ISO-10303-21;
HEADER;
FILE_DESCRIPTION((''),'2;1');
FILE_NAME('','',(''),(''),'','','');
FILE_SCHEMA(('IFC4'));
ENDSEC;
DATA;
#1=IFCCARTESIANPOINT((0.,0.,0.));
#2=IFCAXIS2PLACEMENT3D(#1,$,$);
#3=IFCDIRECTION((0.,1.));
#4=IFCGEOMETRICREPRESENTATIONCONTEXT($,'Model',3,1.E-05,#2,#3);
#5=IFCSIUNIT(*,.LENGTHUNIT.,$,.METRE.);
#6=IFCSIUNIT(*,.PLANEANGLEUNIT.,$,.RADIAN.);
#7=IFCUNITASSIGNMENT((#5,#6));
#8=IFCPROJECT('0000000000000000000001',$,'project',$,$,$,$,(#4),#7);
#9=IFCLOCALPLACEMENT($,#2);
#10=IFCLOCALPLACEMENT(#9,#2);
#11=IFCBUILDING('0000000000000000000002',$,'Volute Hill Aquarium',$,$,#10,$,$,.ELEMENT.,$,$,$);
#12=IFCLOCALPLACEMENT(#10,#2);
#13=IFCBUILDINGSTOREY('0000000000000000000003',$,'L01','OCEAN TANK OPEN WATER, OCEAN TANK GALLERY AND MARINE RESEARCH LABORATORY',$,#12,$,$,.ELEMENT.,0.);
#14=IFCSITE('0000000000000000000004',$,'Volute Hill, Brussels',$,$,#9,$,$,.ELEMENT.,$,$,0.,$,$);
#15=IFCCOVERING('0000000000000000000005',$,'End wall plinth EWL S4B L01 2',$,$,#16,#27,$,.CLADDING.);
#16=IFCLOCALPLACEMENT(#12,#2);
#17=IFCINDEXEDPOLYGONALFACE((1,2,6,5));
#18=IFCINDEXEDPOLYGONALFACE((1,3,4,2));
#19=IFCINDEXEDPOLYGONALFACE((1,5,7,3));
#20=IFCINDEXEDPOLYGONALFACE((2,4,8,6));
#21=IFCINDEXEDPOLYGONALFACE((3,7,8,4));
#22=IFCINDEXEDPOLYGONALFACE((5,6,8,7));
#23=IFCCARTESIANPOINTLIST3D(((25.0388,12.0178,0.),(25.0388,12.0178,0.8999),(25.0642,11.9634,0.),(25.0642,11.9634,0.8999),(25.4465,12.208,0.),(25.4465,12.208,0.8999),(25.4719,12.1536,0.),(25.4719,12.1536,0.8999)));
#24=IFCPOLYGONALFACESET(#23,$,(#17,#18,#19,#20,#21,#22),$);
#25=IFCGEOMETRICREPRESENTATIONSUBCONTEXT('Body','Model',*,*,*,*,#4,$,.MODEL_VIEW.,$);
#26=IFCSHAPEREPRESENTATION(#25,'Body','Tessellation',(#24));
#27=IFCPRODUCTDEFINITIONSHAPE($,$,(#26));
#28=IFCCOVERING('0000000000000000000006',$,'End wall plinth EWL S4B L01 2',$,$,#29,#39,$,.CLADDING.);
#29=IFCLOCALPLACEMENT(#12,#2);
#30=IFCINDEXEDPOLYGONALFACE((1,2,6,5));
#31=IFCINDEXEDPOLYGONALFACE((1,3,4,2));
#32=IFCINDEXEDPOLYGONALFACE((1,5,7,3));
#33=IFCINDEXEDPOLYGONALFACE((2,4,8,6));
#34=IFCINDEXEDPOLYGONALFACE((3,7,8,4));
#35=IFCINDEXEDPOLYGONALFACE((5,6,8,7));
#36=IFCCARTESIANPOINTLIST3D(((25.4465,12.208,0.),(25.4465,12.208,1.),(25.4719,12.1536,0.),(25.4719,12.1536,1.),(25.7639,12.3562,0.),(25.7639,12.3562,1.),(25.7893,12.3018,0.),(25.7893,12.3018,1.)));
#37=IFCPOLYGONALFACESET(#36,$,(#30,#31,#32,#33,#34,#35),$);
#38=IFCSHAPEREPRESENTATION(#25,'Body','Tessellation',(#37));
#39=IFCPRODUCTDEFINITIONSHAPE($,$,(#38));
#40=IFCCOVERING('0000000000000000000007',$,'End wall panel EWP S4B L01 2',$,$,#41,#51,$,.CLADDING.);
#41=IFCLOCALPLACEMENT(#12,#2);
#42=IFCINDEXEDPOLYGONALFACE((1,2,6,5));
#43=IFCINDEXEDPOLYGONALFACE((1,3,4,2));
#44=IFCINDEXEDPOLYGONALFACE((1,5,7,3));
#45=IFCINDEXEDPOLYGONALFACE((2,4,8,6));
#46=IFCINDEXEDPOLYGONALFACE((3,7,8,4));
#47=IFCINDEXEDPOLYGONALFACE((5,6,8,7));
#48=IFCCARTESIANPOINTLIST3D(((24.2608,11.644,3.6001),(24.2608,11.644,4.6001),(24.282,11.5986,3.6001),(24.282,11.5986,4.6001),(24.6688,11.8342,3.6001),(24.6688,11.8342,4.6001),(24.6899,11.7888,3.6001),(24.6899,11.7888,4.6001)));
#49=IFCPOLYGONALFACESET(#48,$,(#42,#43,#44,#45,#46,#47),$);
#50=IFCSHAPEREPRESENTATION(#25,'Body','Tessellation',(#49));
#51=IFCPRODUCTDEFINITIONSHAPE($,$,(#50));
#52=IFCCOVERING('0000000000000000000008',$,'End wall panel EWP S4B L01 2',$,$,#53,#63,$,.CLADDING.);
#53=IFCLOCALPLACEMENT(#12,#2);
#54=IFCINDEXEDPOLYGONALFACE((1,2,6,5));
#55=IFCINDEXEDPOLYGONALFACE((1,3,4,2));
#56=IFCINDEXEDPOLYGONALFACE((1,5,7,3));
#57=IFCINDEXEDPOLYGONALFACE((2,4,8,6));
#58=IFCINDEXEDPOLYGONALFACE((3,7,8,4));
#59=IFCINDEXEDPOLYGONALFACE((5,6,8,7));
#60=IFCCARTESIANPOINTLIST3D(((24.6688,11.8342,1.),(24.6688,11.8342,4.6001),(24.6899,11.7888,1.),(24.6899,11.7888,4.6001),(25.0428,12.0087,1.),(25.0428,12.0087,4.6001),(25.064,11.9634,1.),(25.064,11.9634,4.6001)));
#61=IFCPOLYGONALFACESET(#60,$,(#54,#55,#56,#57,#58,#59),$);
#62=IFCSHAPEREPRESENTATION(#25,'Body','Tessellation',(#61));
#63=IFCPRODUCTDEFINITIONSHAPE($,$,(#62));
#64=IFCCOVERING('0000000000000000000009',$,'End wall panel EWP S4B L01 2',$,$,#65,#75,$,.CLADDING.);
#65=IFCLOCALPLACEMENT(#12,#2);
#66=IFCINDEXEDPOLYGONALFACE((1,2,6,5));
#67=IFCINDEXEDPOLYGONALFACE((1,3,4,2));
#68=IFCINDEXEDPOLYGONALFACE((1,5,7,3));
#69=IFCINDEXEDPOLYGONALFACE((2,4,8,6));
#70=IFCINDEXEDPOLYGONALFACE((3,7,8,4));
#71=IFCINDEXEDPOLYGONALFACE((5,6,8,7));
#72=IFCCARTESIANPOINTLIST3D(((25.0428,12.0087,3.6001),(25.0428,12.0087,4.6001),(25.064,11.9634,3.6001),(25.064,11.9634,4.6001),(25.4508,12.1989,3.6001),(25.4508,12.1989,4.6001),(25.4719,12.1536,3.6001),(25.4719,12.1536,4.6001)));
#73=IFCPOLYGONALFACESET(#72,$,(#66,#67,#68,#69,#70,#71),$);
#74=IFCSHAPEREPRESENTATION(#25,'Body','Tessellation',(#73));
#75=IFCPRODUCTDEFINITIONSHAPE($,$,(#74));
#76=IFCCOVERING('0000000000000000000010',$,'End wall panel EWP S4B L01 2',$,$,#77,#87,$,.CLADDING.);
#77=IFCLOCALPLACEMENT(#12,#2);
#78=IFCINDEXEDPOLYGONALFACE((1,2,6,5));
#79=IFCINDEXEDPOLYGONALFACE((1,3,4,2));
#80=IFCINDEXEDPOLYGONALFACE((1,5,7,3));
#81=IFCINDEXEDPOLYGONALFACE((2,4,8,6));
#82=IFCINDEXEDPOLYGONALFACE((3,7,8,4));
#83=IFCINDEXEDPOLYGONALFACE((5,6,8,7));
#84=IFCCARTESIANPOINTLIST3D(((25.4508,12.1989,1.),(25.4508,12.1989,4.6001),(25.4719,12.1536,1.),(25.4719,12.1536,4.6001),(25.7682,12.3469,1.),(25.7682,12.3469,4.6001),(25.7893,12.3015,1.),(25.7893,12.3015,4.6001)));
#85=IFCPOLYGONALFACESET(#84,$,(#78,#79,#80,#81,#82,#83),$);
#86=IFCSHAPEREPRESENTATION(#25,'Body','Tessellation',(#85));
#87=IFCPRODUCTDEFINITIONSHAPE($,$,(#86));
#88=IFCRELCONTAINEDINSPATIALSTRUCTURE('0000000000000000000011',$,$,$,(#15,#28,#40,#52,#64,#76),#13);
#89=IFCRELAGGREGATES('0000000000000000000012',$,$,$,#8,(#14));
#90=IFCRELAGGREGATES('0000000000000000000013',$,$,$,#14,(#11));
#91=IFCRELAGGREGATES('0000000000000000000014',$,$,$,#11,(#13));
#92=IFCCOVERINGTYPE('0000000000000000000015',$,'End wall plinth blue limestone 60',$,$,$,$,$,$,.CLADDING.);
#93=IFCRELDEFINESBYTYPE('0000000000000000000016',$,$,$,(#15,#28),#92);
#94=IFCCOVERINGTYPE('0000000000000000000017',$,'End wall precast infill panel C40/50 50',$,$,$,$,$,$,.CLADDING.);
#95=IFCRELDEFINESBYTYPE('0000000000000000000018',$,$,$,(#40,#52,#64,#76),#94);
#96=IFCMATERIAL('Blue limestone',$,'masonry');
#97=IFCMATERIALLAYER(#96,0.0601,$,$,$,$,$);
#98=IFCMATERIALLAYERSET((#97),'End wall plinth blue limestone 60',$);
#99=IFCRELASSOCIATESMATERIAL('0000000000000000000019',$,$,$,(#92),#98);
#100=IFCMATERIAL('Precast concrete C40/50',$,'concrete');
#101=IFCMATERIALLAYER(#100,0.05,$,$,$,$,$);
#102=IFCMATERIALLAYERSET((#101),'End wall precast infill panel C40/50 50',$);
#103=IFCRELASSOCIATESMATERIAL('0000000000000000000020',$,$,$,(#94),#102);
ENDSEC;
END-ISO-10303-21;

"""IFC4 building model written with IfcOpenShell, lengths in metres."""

from ifc_helpers import new_model, si_unit, direction, frame, origin, place, context, subcontext, project, spatial, polyline, outline, extrude, material, layer, layer_set, type_object, element, save


model = new_model("IFC4")

# Units and contexts
model_context = context("Model", 3, precision=1e-05, world=origin(), true_north=direction((0.0, 1.0)))
body_context = subcontext(model_context, "Body", "Model", "MODEL_VIEW")
ifc_project = project(units=[si_unit("LENGTHUNIT", "METRE"), si_unit("PLANEANGLEUNIT", "RADIAN")], contexts=[model_context])

# Site, building, storey
site_placement = place(None, origin())
site = spatial("IfcSite", under=ifc_project, at=site_placement, Name="Volute Hill, Brussels", CompositionType="ELEMENT", RefElevation=0.0)
building_placement = place(site_placement, origin())
building = spatial("IfcBuilding", under=site, at=building_placement, Name="Volute Hill Aquarium", CompositionType="ELEMENT")
storey_placement = place(building_placement, origin())
storey = spatial("IfcBuildingStorey", under=building, at=storey_placement, Name="L01", Description="OCEAN TANK OPEN WATER, OCEAN TANK GALLERY AND MARINE RESEARCH LABORATORY", CompositionType="ELEMENT", Elevation=0.0)

# Coverings
ifc_material_1 = material(Name="Blue limestone", Category="masonry")
ifc_layer_1 = layer(ifc_material_1, 0.0601)
ifc_layer_set_1 = layer_set([ifc_layer_1], Name="End wall plinth blue limestone 60")
covering_type_1 = type_object("IfcCoveringType", Name="End wall plinth blue limestone 60", PredefinedType="CLADDING", material=ifc_layer_set_1)
covering_1_placement = place(storey_placement, frame((25.0642, 11.9634, 0.0), z_axis=(0.422737, -0.906252, 0.0), x_axis=(0.906252, 0.422737, 0.0)))
element("IfcCovering", 1, at=covering_1_placement, inside=storey, type_object=covering_type_1, Name="End wall plinth EWL S4B L01 2", PredefinedType="CLADDING", context=body_context, shape_type="SweptSolid", body=[
    extrude(outline(polyline([(0.0, 0.0), (0.4499, 0.0), (0.4499, 0.8999), (0.0, 0.8999), (0.0, 0.0)])), origin(), (0.0, 0.0, -1.0), 0.0601),
])
covering_2_placement = place(storey_placement, frame((25.4719, 12.1536, 0.0), z_axis=(0.423076, -0.906094, 0.0), x_axis=(0.906094, 0.423076, 0.0)))
element("IfcCovering", 2, at=covering_2_placement, inside=storey, type_object=covering_type_1, Name="End wall plinth EWL S4B L01 2", PredefinedType="CLADDING", context=body_context, shape_type="SweptSolid", body=[
    extrude(outline(polyline([(0.0, 0.0), (0.3503, 0.0), (0.3503, 1.0), (0.0, 1.0), (0.0, 0.0)])), origin(), (0.0, 0.0, -1.0), 0.0601),
])
ifc_material_2 = material(Name="Precast concrete C40/50", Category="concrete")
ifc_layer_2 = layer(ifc_material_2, 0.05)
ifc_layer_set_2 = layer_set([ifc_layer_2], Name="End wall precast infill panel C40/50 50")
covering_type_2 = type_object("IfcCoveringType", Name="End wall precast infill panel C40/50 50", PredefinedType="CLADDING", material=ifc_layer_set_2)
covering_3_placement = place(storey_placement, frame((24.282, 11.5986, 3.6001), z_axis=(0.422529, -0.906349, 0.0), x_axis=(0.906349, 0.422529, 0.0)))
element("IfcCovering", 3, at=covering_3_placement, inside=storey, type_object=covering_type_2, Name="End wall panel EWP S4B L01 2", PredefinedType="CLADDING", context=body_context, shape_type="SweptSolid", body=[
    extrude(outline(polyline([(0.0, 0.0), (0.4501, 0.0), (0.4501, 1.0), (0.0, 1.0), (0.0, 0.0)])), origin(), (0.0, 0.0, -1.0), 0.05),
])
covering_4_placement = place(storey_placement, frame((24.6899, 11.7888, 1.0), z_axis=(0.422918, -0.906168, 0.0), x_axis=(0.906168, 0.422918, 0.0)))
element("IfcCovering", 4, at=covering_4_placement, inside=storey, type_object=covering_type_2, Name="End wall panel EWP S4B L01 2", PredefinedType="CLADDING", context=body_context, shape_type="SweptSolid", body=[
    extrude(outline(polyline([(0.0, 0.0), (0.4128, 0.0), (0.4128, 3.6001), (0.0, 3.6001), (0.0, 0.0)])), origin(), (0.0, 0.0, -1.0), 0.05),
])
covering_5_placement = place(storey_placement, frame((25.064, 11.9634, 3.6001), z_axis=(0.422529, -0.906349, 0.0), x_axis=(0.906349, 0.422529, 0.0)))
element("IfcCovering", 5, at=covering_5_placement, inside=storey, type_object=covering_type_2, Name="End wall panel EWP S4B L01 2", PredefinedType="CLADDING", context=body_context, shape_type="SweptSolid", body=[
    extrude(outline(polyline([(0.0, 0.0), (0.4501, 0.0), (0.4501, 1.0), (0.0, 1.0), (0.0, 0.0)])), origin(), (0.0, 0.0, -1.0), 0.05),
])
covering_6_placement = place(storey_placement, frame((25.4719, 12.1536, 1.0), z_axis=(0.422504, -0.906361, 0.0), x_axis=(0.906361, 0.422504, 0.0)))
element("IfcCovering", 6, at=covering_6_placement, inside=storey, type_object=covering_type_2, Name="End wall panel EWP S4B L01 2", PredefinedType="CLADDING", context=body_context, shape_type="SweptSolid", body=[
    extrude(outline(polyline([(0.0, 0.0), (0.3502, 0.0), (0.3502, 3.6001), (0.0, 3.6001), (0.0, 0.0)])), origin(), (0.0, 0.0, -1.0), 0.05),
])

save(model, "model.ifc")
